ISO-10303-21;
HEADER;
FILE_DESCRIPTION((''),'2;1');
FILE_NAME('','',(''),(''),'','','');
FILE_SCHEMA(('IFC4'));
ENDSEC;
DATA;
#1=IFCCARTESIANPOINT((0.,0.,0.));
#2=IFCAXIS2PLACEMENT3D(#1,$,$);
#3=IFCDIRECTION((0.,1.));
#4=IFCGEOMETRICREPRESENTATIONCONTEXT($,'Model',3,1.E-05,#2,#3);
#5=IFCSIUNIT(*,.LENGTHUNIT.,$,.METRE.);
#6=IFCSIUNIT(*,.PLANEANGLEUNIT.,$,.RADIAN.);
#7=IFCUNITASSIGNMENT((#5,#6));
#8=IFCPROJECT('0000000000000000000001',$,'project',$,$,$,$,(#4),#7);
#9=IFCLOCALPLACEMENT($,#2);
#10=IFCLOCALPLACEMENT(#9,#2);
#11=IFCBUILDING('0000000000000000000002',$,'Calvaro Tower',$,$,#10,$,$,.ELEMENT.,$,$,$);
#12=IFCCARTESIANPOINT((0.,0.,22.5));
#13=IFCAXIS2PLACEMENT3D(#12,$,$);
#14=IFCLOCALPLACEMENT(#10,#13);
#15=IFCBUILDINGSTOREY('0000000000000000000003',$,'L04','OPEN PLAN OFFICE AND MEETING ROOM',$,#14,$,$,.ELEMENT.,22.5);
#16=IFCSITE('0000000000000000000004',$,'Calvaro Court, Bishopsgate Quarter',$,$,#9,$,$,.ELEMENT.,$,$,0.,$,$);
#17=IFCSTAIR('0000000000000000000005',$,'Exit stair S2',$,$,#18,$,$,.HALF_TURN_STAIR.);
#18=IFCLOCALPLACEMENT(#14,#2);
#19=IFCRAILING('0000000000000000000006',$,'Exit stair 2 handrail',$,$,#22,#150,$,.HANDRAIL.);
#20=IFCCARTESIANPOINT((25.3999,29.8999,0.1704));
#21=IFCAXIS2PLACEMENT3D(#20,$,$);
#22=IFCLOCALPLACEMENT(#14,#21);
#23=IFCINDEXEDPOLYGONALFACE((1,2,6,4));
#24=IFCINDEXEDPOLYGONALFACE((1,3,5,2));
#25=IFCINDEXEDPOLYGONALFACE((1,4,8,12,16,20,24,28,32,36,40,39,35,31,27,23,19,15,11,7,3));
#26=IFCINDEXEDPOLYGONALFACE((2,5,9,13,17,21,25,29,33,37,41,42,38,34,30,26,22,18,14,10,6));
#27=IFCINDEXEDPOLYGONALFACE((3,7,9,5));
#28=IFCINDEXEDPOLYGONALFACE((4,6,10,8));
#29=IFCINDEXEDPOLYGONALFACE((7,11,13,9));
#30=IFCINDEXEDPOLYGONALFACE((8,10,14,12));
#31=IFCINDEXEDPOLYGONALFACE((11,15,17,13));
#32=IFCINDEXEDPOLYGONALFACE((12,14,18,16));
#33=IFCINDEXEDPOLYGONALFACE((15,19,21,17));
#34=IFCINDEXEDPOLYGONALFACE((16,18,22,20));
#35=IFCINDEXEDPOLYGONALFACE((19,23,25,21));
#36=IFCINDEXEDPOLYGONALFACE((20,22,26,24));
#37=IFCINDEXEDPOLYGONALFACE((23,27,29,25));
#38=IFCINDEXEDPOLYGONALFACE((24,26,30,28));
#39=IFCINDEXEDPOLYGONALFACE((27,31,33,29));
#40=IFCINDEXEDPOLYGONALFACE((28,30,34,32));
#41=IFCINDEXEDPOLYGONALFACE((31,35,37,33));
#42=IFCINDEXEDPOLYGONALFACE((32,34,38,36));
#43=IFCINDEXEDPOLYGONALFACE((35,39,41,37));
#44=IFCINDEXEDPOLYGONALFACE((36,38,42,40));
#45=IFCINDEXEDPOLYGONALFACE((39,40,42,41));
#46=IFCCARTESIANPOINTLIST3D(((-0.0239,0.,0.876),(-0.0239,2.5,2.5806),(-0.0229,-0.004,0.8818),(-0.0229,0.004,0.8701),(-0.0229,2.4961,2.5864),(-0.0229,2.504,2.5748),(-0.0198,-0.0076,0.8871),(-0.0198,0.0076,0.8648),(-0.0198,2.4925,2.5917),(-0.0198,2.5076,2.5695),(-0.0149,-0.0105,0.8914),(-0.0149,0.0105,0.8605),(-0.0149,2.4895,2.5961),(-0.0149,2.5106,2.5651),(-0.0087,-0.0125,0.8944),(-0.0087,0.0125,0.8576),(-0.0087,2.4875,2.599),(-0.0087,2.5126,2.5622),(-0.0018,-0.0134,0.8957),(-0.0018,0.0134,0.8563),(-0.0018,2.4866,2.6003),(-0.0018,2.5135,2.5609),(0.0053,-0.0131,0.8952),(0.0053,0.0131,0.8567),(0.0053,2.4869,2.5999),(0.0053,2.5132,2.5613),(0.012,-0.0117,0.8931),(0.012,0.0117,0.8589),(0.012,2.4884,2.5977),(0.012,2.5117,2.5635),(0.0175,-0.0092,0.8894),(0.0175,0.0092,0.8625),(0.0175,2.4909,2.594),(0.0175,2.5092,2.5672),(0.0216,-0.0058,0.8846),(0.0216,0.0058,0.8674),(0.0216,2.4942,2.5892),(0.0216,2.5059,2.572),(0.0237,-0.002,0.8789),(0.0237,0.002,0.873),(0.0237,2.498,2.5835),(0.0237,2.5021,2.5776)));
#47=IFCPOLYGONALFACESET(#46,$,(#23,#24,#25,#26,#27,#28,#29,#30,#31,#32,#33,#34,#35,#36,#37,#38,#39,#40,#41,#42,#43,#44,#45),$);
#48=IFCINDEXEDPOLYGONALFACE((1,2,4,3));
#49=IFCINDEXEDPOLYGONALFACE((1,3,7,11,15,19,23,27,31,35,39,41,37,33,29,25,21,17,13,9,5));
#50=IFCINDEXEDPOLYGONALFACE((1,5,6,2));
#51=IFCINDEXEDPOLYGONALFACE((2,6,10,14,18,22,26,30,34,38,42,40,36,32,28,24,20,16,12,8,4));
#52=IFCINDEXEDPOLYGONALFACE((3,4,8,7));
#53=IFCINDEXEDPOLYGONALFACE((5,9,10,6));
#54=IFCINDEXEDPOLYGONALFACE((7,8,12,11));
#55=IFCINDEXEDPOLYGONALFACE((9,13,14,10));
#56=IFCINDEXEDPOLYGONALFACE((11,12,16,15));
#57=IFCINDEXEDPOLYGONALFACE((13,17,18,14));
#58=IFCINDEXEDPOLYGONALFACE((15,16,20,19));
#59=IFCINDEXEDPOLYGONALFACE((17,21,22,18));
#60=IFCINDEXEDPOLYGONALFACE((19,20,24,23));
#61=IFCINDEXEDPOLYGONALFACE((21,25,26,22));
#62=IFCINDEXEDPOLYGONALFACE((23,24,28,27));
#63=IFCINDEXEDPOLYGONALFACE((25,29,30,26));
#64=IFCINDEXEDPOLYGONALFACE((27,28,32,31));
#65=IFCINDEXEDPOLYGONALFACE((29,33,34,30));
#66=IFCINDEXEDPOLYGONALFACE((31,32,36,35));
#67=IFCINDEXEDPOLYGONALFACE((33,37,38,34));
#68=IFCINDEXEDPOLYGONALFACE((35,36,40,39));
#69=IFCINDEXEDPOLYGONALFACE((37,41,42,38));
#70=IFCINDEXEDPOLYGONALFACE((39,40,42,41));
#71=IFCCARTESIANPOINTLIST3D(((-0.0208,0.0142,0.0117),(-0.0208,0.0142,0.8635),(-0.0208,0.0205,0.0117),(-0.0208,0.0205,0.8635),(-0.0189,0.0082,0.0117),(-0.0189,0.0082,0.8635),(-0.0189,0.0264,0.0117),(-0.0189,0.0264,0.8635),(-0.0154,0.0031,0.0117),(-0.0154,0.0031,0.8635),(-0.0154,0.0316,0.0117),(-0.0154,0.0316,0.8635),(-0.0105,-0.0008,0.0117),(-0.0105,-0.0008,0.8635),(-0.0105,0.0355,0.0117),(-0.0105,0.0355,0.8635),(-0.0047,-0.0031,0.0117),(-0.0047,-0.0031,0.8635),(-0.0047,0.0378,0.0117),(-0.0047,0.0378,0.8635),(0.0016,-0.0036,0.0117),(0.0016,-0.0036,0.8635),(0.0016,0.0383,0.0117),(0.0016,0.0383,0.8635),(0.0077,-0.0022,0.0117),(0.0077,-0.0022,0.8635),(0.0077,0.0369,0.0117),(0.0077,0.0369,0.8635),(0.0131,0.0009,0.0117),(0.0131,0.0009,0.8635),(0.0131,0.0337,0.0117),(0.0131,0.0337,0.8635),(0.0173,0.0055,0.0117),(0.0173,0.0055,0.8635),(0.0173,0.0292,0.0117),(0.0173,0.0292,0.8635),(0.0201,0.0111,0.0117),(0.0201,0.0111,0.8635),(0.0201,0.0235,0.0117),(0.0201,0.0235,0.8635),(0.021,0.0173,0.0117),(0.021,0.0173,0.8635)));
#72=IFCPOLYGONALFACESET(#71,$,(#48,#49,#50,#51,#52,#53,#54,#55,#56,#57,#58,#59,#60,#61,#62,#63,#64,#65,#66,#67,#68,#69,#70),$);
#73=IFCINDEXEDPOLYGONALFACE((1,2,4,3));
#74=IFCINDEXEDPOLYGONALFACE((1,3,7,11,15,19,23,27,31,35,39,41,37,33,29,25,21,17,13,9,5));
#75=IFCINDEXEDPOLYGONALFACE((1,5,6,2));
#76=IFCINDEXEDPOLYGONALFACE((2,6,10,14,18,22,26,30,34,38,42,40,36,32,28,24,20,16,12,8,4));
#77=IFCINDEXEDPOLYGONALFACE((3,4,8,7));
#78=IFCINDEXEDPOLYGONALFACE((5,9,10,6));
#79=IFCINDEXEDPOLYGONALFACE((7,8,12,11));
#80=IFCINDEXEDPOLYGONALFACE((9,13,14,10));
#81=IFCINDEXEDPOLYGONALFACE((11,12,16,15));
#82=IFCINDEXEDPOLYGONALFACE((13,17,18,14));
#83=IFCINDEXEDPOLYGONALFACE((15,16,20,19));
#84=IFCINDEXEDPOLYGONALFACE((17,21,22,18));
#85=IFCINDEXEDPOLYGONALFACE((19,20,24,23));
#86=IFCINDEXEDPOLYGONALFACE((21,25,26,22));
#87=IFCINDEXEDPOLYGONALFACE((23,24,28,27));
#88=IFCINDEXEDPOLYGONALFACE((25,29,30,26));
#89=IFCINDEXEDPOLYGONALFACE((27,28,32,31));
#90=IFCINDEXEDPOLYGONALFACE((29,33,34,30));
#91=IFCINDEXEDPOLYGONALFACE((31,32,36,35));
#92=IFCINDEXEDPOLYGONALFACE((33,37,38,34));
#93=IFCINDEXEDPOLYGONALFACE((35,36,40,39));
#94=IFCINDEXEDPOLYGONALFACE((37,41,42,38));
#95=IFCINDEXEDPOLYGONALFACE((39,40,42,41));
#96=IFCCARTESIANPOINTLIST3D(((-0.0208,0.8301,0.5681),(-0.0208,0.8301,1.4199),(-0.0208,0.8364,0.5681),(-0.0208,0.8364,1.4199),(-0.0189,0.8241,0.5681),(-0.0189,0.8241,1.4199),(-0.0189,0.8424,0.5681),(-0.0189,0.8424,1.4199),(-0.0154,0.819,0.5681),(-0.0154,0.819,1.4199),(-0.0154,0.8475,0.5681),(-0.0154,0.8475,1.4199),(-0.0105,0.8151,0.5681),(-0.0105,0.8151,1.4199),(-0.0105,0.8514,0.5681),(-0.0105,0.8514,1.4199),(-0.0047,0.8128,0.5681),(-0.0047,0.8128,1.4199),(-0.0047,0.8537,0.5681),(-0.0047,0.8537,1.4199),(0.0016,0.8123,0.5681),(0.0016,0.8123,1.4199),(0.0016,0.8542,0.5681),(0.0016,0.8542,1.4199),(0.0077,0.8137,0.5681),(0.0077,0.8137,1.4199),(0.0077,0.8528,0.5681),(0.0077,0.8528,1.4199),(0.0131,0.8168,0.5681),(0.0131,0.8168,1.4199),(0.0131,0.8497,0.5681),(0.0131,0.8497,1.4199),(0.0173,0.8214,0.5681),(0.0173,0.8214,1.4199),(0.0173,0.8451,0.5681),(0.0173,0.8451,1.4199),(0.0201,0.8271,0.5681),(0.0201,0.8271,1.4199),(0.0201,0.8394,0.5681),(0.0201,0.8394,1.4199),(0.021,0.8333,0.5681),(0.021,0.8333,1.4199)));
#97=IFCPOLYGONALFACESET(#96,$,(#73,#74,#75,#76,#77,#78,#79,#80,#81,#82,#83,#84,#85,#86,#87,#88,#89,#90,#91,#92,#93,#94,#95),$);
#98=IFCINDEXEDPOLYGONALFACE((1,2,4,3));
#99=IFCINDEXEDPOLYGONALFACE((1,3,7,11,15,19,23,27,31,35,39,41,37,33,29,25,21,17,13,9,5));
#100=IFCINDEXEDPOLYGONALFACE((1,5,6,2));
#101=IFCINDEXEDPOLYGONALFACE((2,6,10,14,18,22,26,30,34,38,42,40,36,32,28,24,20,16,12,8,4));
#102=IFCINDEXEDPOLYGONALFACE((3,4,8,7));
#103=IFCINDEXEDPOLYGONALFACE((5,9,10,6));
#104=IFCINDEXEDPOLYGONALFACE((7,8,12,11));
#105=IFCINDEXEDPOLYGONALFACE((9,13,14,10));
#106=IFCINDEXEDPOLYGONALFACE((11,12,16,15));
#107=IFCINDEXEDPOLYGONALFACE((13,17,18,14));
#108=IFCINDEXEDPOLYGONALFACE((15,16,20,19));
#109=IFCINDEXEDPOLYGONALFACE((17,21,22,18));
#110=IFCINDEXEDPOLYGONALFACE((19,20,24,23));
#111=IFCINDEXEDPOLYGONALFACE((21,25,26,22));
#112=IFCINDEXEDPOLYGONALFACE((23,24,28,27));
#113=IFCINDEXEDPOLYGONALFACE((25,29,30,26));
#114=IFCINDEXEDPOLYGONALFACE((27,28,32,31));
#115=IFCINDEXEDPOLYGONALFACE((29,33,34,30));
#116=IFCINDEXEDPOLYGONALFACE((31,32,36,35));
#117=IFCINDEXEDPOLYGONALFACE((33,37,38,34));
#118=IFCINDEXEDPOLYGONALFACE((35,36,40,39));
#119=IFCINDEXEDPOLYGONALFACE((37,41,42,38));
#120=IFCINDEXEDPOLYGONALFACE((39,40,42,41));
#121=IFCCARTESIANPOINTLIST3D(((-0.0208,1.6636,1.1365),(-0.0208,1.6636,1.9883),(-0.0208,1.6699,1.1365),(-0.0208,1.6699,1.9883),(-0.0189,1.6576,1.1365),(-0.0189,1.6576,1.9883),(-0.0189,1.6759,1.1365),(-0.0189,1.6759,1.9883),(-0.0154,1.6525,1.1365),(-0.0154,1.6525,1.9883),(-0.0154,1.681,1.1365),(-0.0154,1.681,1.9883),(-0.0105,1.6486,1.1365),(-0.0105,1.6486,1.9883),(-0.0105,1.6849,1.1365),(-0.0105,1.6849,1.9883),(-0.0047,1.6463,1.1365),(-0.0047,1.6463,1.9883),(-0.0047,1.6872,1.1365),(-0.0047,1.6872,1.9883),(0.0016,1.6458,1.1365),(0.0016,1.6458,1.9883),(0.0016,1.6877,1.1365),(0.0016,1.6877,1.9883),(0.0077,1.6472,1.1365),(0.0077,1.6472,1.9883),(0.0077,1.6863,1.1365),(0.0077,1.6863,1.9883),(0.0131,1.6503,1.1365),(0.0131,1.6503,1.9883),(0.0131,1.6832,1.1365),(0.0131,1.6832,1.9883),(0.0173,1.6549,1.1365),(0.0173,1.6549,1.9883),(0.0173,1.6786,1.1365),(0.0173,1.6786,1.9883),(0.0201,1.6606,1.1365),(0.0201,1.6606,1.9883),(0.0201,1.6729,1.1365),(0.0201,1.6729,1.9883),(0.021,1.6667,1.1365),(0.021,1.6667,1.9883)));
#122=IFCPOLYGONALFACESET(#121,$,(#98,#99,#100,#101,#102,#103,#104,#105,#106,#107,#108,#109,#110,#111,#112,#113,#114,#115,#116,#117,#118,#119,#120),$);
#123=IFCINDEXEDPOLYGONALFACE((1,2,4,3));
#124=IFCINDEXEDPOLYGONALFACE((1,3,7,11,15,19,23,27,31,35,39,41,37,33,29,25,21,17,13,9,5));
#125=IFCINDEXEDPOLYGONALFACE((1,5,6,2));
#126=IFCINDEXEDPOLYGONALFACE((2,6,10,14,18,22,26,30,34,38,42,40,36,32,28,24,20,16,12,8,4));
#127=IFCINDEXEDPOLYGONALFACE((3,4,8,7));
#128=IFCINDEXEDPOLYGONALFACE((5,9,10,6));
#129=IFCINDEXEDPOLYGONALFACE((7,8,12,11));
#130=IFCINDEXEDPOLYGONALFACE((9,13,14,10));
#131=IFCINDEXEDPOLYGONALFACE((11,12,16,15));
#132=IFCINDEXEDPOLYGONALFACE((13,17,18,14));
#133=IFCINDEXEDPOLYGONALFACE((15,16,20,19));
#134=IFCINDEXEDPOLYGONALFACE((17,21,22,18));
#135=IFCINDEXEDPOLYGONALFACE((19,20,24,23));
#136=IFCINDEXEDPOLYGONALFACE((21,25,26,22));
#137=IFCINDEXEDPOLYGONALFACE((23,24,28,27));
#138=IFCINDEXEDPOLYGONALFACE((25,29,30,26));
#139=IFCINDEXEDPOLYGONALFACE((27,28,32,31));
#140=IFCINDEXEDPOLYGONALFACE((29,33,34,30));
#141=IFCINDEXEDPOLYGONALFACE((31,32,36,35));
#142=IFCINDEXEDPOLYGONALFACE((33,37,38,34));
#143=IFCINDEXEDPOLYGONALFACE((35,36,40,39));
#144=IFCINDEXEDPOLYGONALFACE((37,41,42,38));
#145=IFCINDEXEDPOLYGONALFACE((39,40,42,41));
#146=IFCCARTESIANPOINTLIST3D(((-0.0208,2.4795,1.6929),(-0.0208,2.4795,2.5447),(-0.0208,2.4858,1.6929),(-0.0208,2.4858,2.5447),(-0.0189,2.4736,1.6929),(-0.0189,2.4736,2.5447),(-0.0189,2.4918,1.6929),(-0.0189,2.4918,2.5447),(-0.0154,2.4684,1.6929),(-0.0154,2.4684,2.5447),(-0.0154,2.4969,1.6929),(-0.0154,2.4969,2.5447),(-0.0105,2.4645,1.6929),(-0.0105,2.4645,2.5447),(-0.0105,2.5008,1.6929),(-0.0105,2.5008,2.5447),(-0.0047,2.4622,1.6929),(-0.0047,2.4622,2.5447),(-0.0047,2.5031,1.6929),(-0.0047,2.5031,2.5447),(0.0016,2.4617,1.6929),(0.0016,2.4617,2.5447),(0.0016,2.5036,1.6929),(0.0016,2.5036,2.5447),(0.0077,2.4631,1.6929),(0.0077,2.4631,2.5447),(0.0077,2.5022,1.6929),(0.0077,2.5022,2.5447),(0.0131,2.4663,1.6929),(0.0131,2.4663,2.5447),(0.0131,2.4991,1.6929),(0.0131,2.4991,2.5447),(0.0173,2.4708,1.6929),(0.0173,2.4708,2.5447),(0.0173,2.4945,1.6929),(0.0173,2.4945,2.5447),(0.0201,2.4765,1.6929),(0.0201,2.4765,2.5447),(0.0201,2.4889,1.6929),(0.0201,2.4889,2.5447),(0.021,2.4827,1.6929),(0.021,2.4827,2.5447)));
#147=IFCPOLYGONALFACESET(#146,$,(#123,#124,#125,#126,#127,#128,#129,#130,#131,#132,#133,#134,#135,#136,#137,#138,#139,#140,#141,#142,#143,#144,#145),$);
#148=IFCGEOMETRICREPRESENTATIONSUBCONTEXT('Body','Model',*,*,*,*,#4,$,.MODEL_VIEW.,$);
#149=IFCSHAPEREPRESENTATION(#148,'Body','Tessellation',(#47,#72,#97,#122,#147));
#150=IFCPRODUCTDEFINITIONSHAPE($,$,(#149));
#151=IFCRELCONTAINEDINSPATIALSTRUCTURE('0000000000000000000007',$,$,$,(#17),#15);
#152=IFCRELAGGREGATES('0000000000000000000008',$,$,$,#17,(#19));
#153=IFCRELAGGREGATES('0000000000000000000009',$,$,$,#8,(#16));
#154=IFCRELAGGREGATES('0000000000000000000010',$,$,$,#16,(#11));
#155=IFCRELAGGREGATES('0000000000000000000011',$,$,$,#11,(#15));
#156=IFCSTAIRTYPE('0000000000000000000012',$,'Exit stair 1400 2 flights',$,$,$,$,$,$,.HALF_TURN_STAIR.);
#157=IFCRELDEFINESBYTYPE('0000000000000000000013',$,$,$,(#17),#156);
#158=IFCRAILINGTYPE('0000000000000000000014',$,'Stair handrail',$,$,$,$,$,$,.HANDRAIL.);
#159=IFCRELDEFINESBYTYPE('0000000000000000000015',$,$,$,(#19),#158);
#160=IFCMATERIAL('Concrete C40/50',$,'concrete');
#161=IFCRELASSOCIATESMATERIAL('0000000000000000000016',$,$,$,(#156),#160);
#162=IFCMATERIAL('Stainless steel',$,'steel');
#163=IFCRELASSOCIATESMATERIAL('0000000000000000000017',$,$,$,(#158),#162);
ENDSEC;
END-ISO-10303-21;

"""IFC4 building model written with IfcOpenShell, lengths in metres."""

from ifc_helpers import new_model, si_unit, direction, frame, origin, origin_2d, place, context, subcontext, project, spatial, circle, extrude, material, type_object, element, aggregate, save


model = new_model("IFC4")

# Units and contexts
model_context = context("Model", 3, precision=1e-05, world=origin(), true_north=direction((0.0, 1.0)))
body_context = subcontext(model_context, "Body", "Model", "MODEL_VIEW")
ifc_project = project(units=[si_unit("LENGTHUNIT", "METRE"), si_unit("PLANEANGLEUNIT", "RADIAN")], contexts=[model_context])

# Site, building, storey
site_placement = place(None, origin())
site = spatial("IfcSite", under=ifc_project, at=site_placement, Name="Calvaro Court, Bishopsgate Quarter", CompositionType="ELEMENT", RefElevation=0.0)
building_placement = place(site_placement, origin())
building = spatial("IfcBuilding", under=site, at=building_placement, Name="Calvaro Tower", CompositionType="ELEMENT")
storey_placement = place(building_placement, frame((0.0, 0.0, 22.5)))
storey = spatial("IfcBuildingStorey", under=building, at=storey_placement, Name="L04", Description="OPEN PLAN OFFICE AND MEETING ROOM", CompositionType="ELEMENT", Elevation=22.5)

# Stair, railing
ifc_material_1 = material(Name="Concrete C40/50", Category="concrete")
stair_type = type_object("IfcStairType", Name="Exit stair 1400 2 flights", PredefinedType="HALF_TURN_STAIR", material=ifc_material_1)
stair_placement = place(storey_placement, origin())
stair = element("IfcStair", 1, at=stair_placement, inside=storey, type_object=stair_type, Name="Exit stair S2", PredefinedType="HALF_TURN_STAIR")
ifc_material_2 = material(Name="Stainless steel", Category="steel")
railing_type = type_object("IfcRailingType", Name="Stair handrail", PredefinedType="HANDRAIL", material=ifc_material_2)
railing_1_placement = place(storey_placement, frame((25.3999, 29.8999, 0.1704)))
railing_1 = element("IfcRailing", 2, at=railing_1_placement, type_object=railing_type, Name="Exit stair 2 handrail", PredefinedType="HANDRAIL", context=body_context, shape_type="SweptSolid", body=[
    extrude(circle(Radius=0.0239, at=origin_2d()), frame((0.0, 0.0, 0.876), z_axis=(0.0, 0.826221, 0.563347), x_axis=(-1.0, 0.0, 0.0)), (0.0, 0.0, 1.0), 3.0259),
    extrude(circle(Radius=0.021, at=origin_2d()), frame((0.0, 0.0173, 0.0117)), (0.0, 0.0, 1.0), 0.8518),
    extrude(circle(Radius=0.021, at=origin_2d()), frame((0.0, 0.8333, 0.5681)), (0.0, 0.0, 1.0), 0.8518),
    extrude(circle(Radius=0.021, at=origin_2d()), frame((0.0, 1.6667, 1.1365)), (0.0, 0.0, 1.0), 0.8518),
    extrude(circle(Radius=0.021, at=origin_2d()), frame((0.0, 2.4827, 1.6929)), (0.0, 0.0, 1.0), 0.8518),
])
aggregate(stair, [railing_1])

save(model, "model.ifc")
